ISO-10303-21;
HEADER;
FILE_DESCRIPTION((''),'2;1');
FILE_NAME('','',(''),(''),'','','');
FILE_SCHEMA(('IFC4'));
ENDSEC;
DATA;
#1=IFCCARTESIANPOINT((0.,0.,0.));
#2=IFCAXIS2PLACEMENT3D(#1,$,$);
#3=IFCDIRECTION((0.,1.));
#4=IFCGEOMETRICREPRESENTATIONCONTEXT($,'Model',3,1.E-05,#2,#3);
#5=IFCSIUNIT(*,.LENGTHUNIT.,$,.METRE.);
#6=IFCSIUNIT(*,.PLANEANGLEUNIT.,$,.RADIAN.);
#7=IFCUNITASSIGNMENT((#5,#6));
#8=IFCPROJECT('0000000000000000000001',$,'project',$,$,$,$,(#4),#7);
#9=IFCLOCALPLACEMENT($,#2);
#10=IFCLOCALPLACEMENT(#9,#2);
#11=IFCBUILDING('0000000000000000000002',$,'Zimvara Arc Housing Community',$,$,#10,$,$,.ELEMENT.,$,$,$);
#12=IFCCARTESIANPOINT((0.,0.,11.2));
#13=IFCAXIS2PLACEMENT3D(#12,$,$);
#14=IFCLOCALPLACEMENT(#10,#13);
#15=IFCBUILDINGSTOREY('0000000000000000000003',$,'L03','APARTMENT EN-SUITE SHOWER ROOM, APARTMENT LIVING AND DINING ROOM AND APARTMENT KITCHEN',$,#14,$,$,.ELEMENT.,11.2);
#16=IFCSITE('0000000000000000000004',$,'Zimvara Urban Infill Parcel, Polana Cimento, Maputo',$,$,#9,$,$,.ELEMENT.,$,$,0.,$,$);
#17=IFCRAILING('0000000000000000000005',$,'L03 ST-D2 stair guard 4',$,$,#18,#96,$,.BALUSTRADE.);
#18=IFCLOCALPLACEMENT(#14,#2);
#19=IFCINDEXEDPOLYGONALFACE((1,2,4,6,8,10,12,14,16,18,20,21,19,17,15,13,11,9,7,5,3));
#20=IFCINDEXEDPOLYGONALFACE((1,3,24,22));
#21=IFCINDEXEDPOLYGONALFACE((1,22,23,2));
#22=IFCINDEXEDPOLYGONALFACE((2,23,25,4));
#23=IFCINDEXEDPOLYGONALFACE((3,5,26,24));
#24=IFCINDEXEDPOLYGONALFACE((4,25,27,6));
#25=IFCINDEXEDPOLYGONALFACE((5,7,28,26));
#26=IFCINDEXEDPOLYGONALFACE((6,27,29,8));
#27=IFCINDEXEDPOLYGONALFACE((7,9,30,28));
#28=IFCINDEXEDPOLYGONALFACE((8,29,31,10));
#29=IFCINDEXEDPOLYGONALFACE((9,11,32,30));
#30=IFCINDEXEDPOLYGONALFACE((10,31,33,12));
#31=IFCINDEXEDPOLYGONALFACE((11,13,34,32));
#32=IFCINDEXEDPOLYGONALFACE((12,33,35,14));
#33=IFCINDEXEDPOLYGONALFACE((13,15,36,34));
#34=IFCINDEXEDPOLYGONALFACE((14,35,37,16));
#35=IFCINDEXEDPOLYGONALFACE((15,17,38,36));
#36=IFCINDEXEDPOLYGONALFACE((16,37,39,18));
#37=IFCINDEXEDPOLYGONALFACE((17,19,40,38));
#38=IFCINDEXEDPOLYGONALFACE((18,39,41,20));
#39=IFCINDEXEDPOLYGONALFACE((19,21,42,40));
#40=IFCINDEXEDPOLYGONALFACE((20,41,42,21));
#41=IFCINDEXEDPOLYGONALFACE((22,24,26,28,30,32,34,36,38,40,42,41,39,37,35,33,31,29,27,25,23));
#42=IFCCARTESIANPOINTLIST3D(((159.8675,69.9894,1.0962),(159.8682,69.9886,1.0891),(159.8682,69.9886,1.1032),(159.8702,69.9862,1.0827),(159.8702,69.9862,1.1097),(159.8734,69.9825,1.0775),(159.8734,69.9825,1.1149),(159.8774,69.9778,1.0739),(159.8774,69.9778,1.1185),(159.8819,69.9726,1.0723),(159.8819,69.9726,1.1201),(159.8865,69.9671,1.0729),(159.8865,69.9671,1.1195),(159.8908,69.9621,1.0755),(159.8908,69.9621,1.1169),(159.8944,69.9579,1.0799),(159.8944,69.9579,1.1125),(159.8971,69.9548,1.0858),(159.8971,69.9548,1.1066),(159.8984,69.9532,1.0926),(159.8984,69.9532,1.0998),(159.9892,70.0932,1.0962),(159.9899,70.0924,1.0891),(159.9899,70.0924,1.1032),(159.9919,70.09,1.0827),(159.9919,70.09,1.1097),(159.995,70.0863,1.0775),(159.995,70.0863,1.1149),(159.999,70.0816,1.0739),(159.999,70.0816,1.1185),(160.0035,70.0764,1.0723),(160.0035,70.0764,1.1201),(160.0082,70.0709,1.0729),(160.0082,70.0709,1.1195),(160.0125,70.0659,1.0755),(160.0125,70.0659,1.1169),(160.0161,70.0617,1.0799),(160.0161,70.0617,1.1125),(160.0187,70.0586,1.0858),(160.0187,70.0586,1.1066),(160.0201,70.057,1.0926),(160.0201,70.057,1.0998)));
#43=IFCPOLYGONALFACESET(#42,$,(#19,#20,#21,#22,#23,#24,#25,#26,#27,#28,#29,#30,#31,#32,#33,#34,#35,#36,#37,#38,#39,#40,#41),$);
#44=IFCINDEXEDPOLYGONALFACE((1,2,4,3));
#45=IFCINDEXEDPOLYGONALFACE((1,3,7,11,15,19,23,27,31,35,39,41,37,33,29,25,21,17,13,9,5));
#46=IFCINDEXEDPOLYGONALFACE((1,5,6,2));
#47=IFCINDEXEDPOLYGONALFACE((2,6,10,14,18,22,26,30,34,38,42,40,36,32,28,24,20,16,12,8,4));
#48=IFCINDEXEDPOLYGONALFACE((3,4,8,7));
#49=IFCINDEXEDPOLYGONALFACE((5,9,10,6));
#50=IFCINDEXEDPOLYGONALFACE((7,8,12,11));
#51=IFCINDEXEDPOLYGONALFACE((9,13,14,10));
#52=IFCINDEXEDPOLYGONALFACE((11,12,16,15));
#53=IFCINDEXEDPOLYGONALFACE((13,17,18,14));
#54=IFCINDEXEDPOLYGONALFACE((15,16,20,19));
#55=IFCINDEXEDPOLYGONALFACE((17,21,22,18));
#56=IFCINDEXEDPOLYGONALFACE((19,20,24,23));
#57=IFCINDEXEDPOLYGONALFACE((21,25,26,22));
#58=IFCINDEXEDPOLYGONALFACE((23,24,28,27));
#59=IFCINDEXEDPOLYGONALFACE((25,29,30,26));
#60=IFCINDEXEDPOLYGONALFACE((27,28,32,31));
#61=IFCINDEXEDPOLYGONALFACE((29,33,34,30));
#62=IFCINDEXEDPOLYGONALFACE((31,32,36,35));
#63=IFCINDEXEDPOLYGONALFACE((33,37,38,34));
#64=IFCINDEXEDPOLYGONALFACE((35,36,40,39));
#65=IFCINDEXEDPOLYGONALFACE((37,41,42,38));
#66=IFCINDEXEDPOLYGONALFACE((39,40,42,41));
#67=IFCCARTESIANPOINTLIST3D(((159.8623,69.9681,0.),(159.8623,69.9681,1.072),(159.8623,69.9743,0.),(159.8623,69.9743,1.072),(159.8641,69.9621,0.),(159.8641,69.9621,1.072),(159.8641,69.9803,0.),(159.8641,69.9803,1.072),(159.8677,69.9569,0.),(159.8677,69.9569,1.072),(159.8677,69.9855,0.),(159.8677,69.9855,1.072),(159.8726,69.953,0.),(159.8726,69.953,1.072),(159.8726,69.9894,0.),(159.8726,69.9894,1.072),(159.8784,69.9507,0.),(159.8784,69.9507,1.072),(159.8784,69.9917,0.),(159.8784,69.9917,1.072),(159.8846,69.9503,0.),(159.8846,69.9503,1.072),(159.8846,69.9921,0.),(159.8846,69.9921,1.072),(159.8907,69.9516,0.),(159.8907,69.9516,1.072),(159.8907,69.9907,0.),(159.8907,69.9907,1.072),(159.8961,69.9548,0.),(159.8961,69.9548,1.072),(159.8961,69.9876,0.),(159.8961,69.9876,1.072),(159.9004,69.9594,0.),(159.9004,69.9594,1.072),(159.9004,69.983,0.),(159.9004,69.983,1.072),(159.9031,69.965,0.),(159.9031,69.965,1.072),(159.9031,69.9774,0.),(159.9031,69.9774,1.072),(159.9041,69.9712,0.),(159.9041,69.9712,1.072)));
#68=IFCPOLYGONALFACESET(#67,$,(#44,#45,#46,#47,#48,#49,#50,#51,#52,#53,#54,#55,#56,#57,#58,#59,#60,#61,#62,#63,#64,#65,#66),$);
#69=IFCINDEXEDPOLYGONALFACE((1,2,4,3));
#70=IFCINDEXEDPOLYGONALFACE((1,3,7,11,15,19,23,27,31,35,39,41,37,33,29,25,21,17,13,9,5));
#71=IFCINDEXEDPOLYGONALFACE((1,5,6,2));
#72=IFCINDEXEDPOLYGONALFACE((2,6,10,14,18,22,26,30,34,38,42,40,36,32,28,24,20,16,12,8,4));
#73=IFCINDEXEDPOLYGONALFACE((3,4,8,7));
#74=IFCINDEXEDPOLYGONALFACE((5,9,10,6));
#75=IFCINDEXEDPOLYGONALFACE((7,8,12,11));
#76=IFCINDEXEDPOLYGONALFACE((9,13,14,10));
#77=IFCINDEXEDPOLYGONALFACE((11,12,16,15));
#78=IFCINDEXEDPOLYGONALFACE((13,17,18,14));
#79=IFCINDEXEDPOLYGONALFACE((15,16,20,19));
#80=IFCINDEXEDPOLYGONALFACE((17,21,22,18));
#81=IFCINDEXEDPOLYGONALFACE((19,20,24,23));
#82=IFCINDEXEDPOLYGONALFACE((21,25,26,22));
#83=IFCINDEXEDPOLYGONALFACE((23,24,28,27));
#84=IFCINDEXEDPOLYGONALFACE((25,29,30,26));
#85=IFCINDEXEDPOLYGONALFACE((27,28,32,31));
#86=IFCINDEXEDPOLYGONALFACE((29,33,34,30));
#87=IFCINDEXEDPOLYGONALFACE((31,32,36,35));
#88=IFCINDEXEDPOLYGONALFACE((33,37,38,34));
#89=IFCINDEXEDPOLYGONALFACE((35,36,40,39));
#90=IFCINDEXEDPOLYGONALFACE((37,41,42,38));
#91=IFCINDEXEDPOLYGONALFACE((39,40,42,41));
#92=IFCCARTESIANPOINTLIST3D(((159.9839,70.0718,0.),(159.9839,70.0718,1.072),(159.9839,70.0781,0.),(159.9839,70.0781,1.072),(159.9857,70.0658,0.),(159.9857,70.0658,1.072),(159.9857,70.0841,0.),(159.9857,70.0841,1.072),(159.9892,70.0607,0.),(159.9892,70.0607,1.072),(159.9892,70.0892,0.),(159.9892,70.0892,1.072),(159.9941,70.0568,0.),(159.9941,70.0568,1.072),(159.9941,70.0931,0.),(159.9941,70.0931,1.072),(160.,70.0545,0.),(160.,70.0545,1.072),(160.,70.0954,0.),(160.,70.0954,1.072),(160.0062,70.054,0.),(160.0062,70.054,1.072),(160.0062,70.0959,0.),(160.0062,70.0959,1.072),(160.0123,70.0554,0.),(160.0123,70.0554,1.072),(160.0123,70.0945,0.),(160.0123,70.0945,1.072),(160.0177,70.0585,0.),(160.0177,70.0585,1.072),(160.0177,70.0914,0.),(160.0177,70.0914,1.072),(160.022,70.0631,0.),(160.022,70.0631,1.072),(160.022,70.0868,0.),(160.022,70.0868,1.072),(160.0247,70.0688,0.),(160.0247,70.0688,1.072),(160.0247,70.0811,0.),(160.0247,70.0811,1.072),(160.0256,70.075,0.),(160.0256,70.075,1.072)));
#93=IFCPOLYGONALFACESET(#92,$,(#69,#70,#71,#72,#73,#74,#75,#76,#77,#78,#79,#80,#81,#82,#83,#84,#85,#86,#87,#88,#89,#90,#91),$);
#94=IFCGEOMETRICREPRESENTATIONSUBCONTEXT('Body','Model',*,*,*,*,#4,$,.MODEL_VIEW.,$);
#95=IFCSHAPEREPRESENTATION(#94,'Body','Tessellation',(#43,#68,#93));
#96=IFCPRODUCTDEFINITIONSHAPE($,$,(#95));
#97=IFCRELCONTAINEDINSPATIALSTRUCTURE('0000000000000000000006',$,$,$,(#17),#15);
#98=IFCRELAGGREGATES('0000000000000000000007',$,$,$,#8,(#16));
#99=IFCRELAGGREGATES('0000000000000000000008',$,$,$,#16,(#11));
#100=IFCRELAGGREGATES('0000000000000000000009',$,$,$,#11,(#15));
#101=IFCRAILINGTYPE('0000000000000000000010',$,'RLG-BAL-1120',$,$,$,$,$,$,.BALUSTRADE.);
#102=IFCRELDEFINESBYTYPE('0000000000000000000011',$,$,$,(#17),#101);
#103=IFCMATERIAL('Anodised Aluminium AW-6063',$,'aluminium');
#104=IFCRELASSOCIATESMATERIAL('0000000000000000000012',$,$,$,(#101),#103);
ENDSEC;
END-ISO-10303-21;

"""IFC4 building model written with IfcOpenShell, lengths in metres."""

from ifc_helpers import new_model, si_unit, direction, frame, origin, origin_2d, place, context, subcontext, project, spatial, circle, extrude, material, type_object, element, save


model = new_model("IFC4")

# Units and contexts
model_context = context("Model", 3, precision=1e-05, world=origin(), true_north=direction((0.0, 1.0)))
body_context = subcontext(model_context, "Body", "Model", "MODEL_VIEW")
ifc_project = project(units=[si_unit("LENGTHUNIT", "METRE"), si_unit("PLANEANGLEUNIT", "RADIAN")], contexts=[model_context])

# Site, building, storey
site_placement = place(None, origin())
site = spatial("IfcSite", under=ifc_project, at=site_placement, Name="Zimvara Urban Infill Parcel, Polana Cimento, Maputo", CompositionType="ELEMENT", RefElevation=0.0)
building_placement = place(site_placement, origin())
building = spatial("IfcBuilding", under=site, at=building_placement, Name="Zimvara Arc Housing Community", CompositionType="ELEMENT")
storey_placement = place(building_placement, frame((0.0, 0.0, 11.2)))
storey = spatial("IfcBuildingStorey", under=building, at=storey_placement, Name="L03", Description="APARTMENT EN-SUITE SHOWER ROOM, APARTMENT LIVING AND DINING ROOM AND APARTMENT KITCHEN", CompositionType="ELEMENT", Elevation=11.2)

# Railing
ifc_material_1 = material(Name="Anodised Aluminium AW-6063", Category="aluminium")
railing_type_1 = type_object("IfcRailingType", Name="RLG-BAL-1120", PredefinedType="BALUSTRADE", material=ifc_material_1)
railing_1_placement = place(storey_placement, frame((159.8831, 69.9712, 0.0)))
element("IfcRailing", 1, at=railing_1_placement, inside=storey, type_object=railing_type_1, Name="L03 ST-D2 stair guard 4", PredefinedType="BALUSTRADE", context=body_context, shape_type="SweptSolid", body=[
    extrude(circle(Radius=0.0239, at=origin_2d()), frame((0.0, 0.0, 1.0962), z_axis=(0.760656, 0.649155, 0.0), x_axis=(-0.649155, 0.760656, 0.0)), (0.0, 0.0, 1.0), 0.1599),
    extrude(circle(Radius=0.021, at=origin_2d()), origin(), (0.0, 0.0, 1.0), 1.072),
    extrude(circle(Radius=0.021, at=origin_2d()), frame((0.1216, 0.1038, 0.0)), (0.0, 0.0, 1.0), 1.072),
])

save(model, "model.ifc")
